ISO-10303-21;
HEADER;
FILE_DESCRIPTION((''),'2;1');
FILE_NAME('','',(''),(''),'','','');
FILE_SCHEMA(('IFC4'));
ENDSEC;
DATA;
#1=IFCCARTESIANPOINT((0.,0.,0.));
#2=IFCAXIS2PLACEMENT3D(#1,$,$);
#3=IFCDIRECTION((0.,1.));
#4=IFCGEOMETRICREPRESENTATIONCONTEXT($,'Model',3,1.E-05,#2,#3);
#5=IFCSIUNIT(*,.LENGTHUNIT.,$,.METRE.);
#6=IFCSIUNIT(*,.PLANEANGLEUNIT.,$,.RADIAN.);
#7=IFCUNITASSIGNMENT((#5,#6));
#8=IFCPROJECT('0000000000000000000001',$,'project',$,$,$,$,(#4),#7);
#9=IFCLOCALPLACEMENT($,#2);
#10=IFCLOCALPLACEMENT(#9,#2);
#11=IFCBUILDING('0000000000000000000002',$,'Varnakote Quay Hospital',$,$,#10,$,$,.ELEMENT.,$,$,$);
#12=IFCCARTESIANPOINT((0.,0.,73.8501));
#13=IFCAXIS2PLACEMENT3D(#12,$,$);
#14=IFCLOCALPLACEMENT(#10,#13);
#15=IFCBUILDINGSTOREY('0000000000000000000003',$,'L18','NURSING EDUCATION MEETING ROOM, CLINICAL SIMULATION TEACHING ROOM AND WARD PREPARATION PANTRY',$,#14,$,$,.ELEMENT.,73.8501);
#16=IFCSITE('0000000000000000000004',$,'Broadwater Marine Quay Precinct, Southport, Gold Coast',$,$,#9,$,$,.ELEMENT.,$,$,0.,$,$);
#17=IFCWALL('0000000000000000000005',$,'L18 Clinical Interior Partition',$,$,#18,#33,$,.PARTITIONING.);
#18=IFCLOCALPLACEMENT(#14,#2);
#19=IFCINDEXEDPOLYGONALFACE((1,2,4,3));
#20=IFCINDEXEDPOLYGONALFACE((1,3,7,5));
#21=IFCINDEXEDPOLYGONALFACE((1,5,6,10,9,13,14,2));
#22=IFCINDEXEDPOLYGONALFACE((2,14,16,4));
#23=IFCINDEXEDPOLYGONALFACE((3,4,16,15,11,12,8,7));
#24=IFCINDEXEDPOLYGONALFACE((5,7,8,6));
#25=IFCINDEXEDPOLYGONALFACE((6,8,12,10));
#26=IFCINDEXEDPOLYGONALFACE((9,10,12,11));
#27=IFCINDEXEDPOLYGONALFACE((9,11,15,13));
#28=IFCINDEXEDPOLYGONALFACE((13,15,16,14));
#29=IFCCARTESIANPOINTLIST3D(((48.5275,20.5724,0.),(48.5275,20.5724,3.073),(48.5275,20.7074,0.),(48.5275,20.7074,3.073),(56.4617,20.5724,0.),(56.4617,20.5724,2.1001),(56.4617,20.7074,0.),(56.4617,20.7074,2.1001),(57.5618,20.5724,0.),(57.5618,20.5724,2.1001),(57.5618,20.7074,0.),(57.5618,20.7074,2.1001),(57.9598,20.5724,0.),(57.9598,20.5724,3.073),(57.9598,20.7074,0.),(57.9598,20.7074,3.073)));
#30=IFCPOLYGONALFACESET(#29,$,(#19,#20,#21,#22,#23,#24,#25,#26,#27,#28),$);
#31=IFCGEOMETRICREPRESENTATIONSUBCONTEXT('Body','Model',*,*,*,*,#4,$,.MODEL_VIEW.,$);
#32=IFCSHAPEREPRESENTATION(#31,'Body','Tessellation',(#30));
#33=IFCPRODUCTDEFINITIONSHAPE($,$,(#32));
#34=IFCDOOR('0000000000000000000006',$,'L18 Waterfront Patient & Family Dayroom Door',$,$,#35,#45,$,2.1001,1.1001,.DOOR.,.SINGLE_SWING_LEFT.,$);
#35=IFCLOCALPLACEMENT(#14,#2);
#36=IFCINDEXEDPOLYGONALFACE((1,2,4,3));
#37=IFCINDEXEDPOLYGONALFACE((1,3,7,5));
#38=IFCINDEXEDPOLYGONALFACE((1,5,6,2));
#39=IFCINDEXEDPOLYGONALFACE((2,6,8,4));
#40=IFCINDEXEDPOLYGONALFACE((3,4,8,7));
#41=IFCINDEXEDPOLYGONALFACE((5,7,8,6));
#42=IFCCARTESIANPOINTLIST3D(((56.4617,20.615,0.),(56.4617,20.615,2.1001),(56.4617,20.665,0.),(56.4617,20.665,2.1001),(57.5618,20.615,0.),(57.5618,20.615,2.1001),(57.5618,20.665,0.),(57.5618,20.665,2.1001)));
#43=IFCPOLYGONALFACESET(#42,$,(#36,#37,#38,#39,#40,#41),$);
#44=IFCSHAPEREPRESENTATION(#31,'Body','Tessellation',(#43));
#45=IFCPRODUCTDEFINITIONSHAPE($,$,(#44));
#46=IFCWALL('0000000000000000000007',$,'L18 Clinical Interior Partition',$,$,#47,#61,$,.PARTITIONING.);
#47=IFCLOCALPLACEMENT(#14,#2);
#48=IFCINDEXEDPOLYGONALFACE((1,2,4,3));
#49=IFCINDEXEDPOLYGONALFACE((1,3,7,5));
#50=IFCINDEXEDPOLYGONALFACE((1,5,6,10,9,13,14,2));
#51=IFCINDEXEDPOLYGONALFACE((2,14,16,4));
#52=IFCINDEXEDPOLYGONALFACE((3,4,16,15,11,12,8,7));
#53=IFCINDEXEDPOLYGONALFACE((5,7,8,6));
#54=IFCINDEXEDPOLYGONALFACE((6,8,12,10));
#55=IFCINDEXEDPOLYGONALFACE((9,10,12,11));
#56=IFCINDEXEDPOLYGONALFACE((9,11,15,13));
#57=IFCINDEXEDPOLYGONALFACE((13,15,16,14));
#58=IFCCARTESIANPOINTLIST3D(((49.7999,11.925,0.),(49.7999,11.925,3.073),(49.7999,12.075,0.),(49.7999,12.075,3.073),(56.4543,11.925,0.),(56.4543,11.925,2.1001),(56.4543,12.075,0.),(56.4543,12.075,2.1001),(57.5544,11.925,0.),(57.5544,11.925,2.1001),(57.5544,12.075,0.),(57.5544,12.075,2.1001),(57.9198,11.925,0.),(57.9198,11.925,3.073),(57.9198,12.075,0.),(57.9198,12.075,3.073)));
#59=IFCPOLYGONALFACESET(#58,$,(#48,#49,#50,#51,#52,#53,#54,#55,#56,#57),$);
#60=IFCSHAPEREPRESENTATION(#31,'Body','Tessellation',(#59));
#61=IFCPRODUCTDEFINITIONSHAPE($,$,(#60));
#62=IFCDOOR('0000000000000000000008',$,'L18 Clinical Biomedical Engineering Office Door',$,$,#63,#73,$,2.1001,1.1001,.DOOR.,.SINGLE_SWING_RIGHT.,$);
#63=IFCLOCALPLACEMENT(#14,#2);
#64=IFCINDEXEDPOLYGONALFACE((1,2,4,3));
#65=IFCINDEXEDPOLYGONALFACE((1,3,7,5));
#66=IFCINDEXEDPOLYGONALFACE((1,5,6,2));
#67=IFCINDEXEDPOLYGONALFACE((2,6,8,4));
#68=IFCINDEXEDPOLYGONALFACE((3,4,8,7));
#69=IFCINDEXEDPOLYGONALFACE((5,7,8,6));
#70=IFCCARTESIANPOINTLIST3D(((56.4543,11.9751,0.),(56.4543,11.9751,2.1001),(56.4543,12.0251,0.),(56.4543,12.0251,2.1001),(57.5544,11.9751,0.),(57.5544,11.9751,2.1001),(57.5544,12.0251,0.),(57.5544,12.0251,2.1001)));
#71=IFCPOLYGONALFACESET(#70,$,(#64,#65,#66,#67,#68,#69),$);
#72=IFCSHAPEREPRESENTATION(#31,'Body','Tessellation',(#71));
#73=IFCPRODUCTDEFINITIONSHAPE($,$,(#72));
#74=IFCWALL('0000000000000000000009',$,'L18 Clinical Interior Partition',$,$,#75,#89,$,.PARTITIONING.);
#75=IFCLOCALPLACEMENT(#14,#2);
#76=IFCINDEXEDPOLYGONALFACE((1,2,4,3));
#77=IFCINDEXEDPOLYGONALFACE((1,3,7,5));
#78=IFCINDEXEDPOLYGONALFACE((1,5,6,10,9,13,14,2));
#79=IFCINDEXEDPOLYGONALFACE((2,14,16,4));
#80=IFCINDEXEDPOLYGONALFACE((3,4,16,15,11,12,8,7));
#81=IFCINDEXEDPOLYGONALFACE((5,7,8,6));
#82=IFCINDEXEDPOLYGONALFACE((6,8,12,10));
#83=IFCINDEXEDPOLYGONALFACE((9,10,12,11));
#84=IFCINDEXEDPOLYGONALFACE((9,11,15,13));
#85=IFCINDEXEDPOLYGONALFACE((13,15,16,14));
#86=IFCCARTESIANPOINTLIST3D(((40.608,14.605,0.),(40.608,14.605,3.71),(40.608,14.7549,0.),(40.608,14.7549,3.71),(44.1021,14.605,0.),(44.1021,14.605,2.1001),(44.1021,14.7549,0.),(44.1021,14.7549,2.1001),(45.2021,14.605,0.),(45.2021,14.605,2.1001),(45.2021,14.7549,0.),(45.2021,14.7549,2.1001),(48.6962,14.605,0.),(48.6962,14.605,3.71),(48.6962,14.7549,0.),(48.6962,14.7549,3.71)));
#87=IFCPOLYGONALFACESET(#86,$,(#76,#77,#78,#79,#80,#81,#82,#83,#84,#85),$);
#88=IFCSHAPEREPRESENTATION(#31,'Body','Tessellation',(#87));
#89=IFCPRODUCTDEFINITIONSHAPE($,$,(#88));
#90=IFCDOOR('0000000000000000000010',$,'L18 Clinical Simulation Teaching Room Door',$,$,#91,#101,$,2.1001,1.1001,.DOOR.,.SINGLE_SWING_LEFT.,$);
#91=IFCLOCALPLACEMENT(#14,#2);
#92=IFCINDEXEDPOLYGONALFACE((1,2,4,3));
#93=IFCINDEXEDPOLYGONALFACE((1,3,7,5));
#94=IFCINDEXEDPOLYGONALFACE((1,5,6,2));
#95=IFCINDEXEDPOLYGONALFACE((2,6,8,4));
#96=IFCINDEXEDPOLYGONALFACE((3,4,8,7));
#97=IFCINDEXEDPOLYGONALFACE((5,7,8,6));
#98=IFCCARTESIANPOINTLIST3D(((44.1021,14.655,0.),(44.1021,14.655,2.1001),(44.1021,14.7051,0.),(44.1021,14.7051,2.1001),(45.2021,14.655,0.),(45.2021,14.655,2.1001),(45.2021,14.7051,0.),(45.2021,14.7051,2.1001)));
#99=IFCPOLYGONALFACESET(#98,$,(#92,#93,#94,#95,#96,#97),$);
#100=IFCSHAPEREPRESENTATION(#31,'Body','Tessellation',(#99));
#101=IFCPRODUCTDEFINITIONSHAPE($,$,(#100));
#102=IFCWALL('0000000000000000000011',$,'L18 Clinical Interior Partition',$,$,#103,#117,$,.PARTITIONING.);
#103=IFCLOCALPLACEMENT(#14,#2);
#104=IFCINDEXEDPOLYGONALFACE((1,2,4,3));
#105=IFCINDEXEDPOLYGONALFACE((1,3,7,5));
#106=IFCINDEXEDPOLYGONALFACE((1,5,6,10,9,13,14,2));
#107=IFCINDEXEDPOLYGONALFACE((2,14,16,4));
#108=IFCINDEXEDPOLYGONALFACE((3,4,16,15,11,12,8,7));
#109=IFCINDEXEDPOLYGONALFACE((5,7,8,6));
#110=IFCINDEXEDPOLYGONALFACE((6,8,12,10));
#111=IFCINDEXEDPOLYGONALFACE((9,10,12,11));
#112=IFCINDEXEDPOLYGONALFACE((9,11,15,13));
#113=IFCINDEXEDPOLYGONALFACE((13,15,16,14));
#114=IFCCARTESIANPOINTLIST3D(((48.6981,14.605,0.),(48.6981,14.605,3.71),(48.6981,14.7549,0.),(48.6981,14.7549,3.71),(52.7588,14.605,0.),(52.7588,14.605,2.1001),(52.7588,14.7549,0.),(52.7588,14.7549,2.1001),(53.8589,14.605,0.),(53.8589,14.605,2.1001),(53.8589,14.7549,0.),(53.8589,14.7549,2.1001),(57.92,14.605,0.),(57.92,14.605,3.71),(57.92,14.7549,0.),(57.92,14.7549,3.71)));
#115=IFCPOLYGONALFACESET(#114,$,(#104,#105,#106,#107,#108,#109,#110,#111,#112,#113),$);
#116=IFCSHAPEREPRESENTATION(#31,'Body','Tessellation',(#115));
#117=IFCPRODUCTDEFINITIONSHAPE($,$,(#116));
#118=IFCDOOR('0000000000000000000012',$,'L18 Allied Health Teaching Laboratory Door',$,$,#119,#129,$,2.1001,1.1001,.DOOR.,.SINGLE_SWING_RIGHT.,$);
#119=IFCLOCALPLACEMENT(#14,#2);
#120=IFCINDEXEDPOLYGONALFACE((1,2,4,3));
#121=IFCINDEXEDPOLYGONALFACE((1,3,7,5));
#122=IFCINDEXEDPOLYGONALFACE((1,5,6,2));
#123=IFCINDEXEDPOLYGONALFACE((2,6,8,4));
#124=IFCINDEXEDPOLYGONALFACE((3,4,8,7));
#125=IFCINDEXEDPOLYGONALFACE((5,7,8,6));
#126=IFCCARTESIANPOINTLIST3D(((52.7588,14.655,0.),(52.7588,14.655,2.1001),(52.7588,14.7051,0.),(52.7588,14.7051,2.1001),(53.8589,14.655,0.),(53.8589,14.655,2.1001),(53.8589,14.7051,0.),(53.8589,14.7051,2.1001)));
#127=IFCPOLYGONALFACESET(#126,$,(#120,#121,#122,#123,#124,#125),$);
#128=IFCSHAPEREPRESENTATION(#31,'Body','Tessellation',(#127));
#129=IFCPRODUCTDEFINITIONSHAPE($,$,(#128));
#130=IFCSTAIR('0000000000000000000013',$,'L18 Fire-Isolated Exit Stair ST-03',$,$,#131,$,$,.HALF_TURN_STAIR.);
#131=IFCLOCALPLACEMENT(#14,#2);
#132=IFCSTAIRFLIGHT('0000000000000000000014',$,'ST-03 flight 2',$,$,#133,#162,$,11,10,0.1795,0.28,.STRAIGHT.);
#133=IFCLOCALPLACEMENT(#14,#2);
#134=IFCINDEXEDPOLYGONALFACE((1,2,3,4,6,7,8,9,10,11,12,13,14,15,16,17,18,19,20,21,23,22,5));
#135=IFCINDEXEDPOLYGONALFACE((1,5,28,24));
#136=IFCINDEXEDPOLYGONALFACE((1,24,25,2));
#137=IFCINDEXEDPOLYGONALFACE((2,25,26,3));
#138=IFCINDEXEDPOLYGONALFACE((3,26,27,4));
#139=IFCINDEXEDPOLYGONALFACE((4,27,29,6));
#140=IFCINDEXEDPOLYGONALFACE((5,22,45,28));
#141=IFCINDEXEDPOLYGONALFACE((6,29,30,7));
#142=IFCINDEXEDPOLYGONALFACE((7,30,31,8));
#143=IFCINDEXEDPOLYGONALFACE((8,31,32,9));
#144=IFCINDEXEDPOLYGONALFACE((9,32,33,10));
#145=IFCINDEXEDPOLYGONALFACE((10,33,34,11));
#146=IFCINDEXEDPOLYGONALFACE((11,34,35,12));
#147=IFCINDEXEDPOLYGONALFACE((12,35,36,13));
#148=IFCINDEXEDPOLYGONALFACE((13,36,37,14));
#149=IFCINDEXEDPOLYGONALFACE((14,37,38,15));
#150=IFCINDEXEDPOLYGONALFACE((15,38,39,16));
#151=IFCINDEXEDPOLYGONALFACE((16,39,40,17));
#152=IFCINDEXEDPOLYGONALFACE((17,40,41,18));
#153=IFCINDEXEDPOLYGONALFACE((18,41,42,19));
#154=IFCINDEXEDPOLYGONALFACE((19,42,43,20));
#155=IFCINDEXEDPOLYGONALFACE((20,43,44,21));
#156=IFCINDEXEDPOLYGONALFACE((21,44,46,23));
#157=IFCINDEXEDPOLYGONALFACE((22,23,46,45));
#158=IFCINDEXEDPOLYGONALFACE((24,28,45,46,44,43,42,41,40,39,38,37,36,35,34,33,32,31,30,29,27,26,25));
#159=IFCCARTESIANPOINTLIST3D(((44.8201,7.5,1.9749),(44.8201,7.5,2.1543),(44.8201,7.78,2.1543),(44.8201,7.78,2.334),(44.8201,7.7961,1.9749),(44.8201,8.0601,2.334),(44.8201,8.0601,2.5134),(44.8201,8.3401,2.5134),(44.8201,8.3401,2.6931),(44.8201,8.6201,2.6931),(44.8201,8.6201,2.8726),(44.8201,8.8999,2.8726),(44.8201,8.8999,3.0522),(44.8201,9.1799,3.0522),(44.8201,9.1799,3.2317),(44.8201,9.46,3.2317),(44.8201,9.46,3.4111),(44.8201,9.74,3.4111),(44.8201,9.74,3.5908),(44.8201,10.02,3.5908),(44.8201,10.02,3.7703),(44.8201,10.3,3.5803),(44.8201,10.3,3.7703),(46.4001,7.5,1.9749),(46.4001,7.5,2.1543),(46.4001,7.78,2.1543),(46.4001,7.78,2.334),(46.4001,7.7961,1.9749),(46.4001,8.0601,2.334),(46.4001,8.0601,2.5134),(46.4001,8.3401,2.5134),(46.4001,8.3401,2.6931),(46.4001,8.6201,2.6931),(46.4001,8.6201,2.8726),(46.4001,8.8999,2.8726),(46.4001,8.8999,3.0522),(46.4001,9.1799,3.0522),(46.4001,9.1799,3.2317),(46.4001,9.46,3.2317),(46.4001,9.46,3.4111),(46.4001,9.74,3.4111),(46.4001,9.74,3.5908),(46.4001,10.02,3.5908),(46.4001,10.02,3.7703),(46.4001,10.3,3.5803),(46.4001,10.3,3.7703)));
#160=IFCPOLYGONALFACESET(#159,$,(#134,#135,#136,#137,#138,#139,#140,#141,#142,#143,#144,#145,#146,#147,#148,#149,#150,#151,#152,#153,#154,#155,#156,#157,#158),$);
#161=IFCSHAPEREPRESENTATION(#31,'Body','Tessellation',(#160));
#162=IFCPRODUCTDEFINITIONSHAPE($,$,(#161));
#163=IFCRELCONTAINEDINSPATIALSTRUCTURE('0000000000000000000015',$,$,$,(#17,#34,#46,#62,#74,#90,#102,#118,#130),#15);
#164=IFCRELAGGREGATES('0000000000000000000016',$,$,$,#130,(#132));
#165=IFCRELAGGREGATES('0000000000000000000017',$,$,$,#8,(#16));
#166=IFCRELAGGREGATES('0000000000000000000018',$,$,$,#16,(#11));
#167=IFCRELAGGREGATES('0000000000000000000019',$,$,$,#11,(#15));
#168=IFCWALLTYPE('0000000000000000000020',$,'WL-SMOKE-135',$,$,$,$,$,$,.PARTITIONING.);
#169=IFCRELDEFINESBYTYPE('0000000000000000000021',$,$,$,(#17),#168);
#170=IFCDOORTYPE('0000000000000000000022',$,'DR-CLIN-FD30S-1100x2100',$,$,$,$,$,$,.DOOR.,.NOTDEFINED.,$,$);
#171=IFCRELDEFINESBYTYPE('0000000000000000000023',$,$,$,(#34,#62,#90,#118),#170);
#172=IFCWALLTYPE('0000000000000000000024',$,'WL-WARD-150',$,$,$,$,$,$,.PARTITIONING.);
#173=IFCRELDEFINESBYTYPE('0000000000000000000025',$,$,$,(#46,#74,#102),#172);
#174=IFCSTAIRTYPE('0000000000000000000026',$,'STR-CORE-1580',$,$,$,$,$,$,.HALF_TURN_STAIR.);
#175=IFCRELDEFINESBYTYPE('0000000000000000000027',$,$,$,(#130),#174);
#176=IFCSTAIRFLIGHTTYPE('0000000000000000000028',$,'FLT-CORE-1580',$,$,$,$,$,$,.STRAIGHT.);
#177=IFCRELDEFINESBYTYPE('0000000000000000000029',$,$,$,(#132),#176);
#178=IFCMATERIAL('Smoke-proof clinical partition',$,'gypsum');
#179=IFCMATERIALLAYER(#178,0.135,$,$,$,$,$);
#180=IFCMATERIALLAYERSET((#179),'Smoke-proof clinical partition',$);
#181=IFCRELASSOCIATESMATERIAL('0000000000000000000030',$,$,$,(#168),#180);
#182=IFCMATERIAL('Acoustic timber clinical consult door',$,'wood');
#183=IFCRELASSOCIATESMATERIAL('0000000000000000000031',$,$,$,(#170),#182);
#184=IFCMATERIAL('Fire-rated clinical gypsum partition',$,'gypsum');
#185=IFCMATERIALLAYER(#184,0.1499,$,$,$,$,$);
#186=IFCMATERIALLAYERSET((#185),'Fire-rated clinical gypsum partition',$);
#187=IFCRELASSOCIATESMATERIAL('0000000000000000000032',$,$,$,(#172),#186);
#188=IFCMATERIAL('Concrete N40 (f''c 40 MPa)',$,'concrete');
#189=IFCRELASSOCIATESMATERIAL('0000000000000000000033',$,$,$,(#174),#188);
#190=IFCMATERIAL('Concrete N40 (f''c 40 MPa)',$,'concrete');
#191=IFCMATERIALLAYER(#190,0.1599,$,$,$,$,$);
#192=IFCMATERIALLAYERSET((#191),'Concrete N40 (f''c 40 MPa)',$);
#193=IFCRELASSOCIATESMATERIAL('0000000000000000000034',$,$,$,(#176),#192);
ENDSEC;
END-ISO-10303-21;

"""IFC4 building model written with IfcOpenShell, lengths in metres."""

from ifc_helpers import new_model, si_unit, direction, frame, frame_2d, origin, place, context, subcontext, project, spatial, polyline, rectangle, outline, extrude, material, layer, layer_set, type_object, element, fill, aggregate, save


model = new_model("IFC4")

# Units and contexts
model_context = context("Model", 3, precision=1e-05, world=origin(), true_north=direction((0.0, 1.0)))
body_context = subcontext(model_context, "Body", "Model", "MODEL_VIEW")
ifc_project = project(units=[si_unit("LENGTHUNIT", "METRE"), si_unit("PLANEANGLEUNIT", "RADIAN")], contexts=[model_context])

# Site, building, storey
site_placement = place(None, origin())
site = spatial("IfcSite", under=ifc_project, at=site_placement, Name="Broadwater Marine Quay Precinct, Southport, Gold Coast", CompositionType="ELEMENT", RefElevation=0.0)
building_placement = place(site_placement, origin())
building = spatial("IfcBuilding", under=site, at=building_placement, Name="Varnakote Quay Hospital", CompositionType="ELEMENT")
storey_placement = place(building_placement, frame((0.0, 0.0, 73.8501)))
storey = spatial("IfcBuildingStorey", under=building, at=storey_placement, Name="L18", Description="NURSING EDUCATION MEETING ROOM, CLINICAL SIMULATION TEACHING ROOM AND WARD PREPARATION PANTRY", CompositionType="ELEMENT", Elevation=73.8501)

# Shared definitions
ifc_material_1 = material(Name="Smoke-proof clinical partition", Category="gypsum")
ifc_layer_1 = layer(ifc_material_1, 0.135)
ifc_layer_set_1 = layer_set([ifc_layer_1], Name="Smoke-proof clinical partition")
wall_type_1 = type_object("IfcWallType", Name="WL-SMOKE-135", PredefinedType="PARTITIONING", material=ifc_layer_set_1)

# Walls, openings, doors
ifc_material_2 = material(Name="Acoustic timber clinical consult door", Category="wood")
door_type_1 = type_object("IfcDoorType", Name="DR-CLIN-FD30S-1100x2100", OperationType="NOTDEFINED", PredefinedType="DOOR", material=ifc_material_2)
wall_1_placement = place(storey_placement, frame((57.96, 20.6399, 0.0), z_axis=(0.0, 0.0, 1.0), x_axis=(-1.0, 0.0, 0.0)))
wall_1 = element("IfcWall", 1, at=wall_1_placement, inside=storey, type_object=wall_type_1, Name="L18 Clinical Interior Partition", PredefinedType="PARTITIONING", context=body_context, shape_type="SweptSolid", body=[
    extrude(rectangle(XDim=9.4324, YDim=0.135, at=frame_2d((4.7163, 0.0))), origin(), (0.0, 0.0, 1.0), 3.073),
])
opening_1_placement = place(wall_1_placement, frame((0.3982, 0.0, 0.0)))
opening_1 = element("IfcOpeningElement", 2, at=opening_1_placement, cuts=wall_1, PredefinedType="OPENING", context=body_context, shape_type="SweptSolid", body=[
    extrude(rectangle(XDim=1.1001, YDim=2.1001, at=frame_2d((0.55, 1.05))), frame((0.0, 0.0774, 0.0), z_axis=(0.0, -1.0, 0.0), x_axis=(1.0, 0.0, 0.0)), (0.0, 0.0, 1.0), 0.155),
])
door_1_placement = place(opening_1_placement, origin())
door_1 = element("IfcDoor", 3, at=door_1_placement, inside=storey, type_object=door_type_1, Name="L18 Waterfront Patient & Family Dayroom Door", OperationType="SINGLE_SWING_LEFT", OverallHeight=2.1001, OverallWidth=1.1001, PredefinedType="DOOR", context=body_context, shape_type="SweptSolid", body=[
    extrude(rectangle(XDim=1.1001, YDim=2.1001, at=frame_2d((0.55, 1.05))), frame((0.0, 0.0249, 0.0), z_axis=(0.0, -1.0, 0.0), x_axis=(1.0, 0.0, 0.0)), (0.0, 0.0, 1.0), 0.05),
])
fill(opening_1, door_1)
ifc_material_3 = material(Name="Fire-rated clinical gypsum partition", Category="gypsum")
ifc_layer_2 = layer(ifc_material_3, 0.1499)
ifc_layer_set_2 = layer_set([ifc_layer_2], Name="Fire-rated clinical gypsum partition")
wall_type_2 = type_object("IfcWallType", Name="WL-WARD-150", PredefinedType="PARTITIONING", material=ifc_layer_set_2)
wall_2_placement = place(storey_placement, frame((57.9199, 12.0, 0.0), z_axis=(0.0, 0.0, 1.0), x_axis=(-1.0, 0.0, 0.0)))
wall_2 = element("IfcWall", 4, at=wall_2_placement, inside=storey, type_object=wall_type_2, Name="L18 Clinical Interior Partition", PredefinedType="PARTITIONING", context=body_context, shape_type="SweptSolid", body=[
    extrude(rectangle(XDim=8.1199, YDim=0.1499, at=frame_2d((4.0601, 0.0))), origin(), (0.0, 0.0, 1.0), 3.073),
])
opening_2_placement = place(wall_2_placement, frame((0.3655, 0.0, 0.0)))
opening_2 = element("IfcOpeningElement", 5, at=opening_2_placement, cuts=wall_2, PredefinedType="OPENING", context=body_context, shape_type="SweptSolid", body=[
    extrude(rectangle(XDim=1.1001, YDim=2.1001, at=frame_2d((0.55, 1.05))), frame((0.0, 0.085, 0.0), z_axis=(0.0, -1.0, 0.0), x_axis=(1.0, 0.0, 0.0)), (0.0, 0.0, 1.0), 0.1699),
])
door_2_placement = place(opening_2_placement, origin())
door_2 = element("IfcDoor", 6, at=door_2_placement, inside=storey, type_object=door_type_1, Name="L18 Clinical Biomedical Engineering Office Door", OperationType="SINGLE_SWING_RIGHT", OverallHeight=2.1001, OverallWidth=1.1001, PredefinedType="DOOR", context=body_context, shape_type="SweptSolid", body=[
    extrude(rectangle(XDim=1.1001, YDim=2.1001, at=frame_2d((0.55, 1.05))), frame((0.0, 0.0249, 0.0), z_axis=(0.0, -1.0, 0.0), x_axis=(1.0, 0.0, 0.0)), (0.0, 0.0, 1.0), 0.05),
])
fill(opening_2, door_2)
wall_3_placement = place(storey_placement, frame((48.696, 14.6799, 0.0), z_axis=(0.0, 0.0, 1.0), x_axis=(-1.0, 0.0, 0.0)))
wall_3 = element("IfcWall", 7, at=wall_3_placement, inside=storey, type_object=wall_type_2, Name="L18 Clinical Interior Partition", PredefinedType="PARTITIONING", context=body_context, shape_type="SweptSolid", body=[
    extrude(rectangle(XDim=8.0881, YDim=0.1499, at=frame_2d((4.0439, 0.0))), origin(), (0.0, 0.0, 1.0), 3.71),
])
opening_3_placement = place(wall_3_placement, frame((3.4939, 0.0, 0.0)))
opening_3 = element("IfcOpeningElement", 8, at=opening_3_placement, cuts=wall_3, PredefinedType="OPENING", context=body_context, shape_type="SweptSolid", body=[
    extrude(rectangle(XDim=1.1001, YDim=2.1001, at=frame_2d((0.55, 1.05))), frame((0.0, 0.085, 0.0), z_axis=(0.0, -1.0, 0.0), x_axis=(1.0, 0.0, 0.0)), (0.0, 0.0, 1.0), 0.1699),
])
door_3_placement = place(opening_3_placement, origin())
door_3 = element("IfcDoor", 9, at=door_3_placement, inside=storey, type_object=door_type_1, Name="L18 Clinical Simulation Teaching Room Door", OperationType="SINGLE_SWING_LEFT", OverallHeight=2.1001, OverallWidth=1.1001, PredefinedType="DOOR", context=body_context, shape_type="SweptSolid", body=[
    extrude(rectangle(XDim=1.1001, YDim=2.1001, at=frame_2d((0.55, 1.05))), frame((0.0, 0.0249, 0.0), z_axis=(0.0, -1.0, 0.0), x_axis=(1.0, 0.0, 0.0)), (0.0, 0.0, 1.0), 0.05),
])
fill(opening_3, door_3)
wall_4_placement = place(storey_placement, frame((57.9199, 14.6799, 0.0), z_axis=(0.0, 0.0, 1.0), x_axis=(-1.0, 0.0, 0.0)))
wall_4 = element("IfcWall", 10, at=wall_4_placement, inside=storey, type_object=wall_type_2, Name="L18 Clinical Interior Partition", PredefinedType="PARTITIONING", context=body_context, shape_type="SweptSolid", body=[
    extrude(rectangle(XDim=9.2219, YDim=0.1499, at=frame_2d((4.6108, 0.0))), origin(), (0.0, 0.0, 1.0), 3.71),
])
opening_4_placement = place(wall_4_placement, frame((4.061, 0.0, 0.0)))
opening_4 = element("IfcOpeningElement", 11, at=opening_4_placement, cuts=wall_4, PredefinedType="OPENING", context=body_context, shape_type="SweptSolid", body=[
    extrude(rectangle(XDim=1.1001, YDim=2.1001, at=frame_2d((0.55, 1.05))), frame((0.0, 0.085, 0.0), z_axis=(0.0, -1.0, 0.0), x_axis=(1.0, 0.0, 0.0)), (0.0, 0.0, 1.0), 0.1699),
])
door_4_placement = place(opening_4_placement, origin())
door_4 = element("IfcDoor", 12, at=door_4_placement, inside=storey, type_object=door_type_1, Name="L18 Allied Health Teaching Laboratory Door", OperationType="SINGLE_SWING_RIGHT", OverallHeight=2.1001, OverallWidth=1.1001, PredefinedType="DOOR", context=body_context, shape_type="SweptSolid", body=[
    extrude(rectangle(XDim=1.1001, YDim=2.1001, at=frame_2d((0.55, 1.05))), frame((0.0, 0.0249, 0.0), z_axis=(0.0, -1.0, 0.0), x_axis=(1.0, 0.0, 0.0)), (0.0, 0.0, 1.0), 0.05),
])
fill(opening_4, door_4)

# Stair, stair flight
ifc_material_4 = material(Name="Concrete N40 (f'c 40 MPa)", Category="concrete")
stair_type = type_object("IfcStairType", Name="STR-CORE-1580", PredefinedType="HALF_TURN_STAIR", material=ifc_material_4)
stair_placement = place(storey_placement, origin())
stair = element("IfcStair", 13, at=stair_placement, inside=storey, type_object=stair_type, Name="L18 Fire-Isolated Exit Stair ST-03", PredefinedType="HALF_TURN_STAIR")
ifc_material_5 = material(Name="Concrete N40 (f'c 40 MPa)", Category="concrete")
ifc_layer_3 = layer(ifc_material_5, 0.1599)
ifc_layer_set_3 = layer_set([ifc_layer_3], Name="Concrete N40 (f'c 40 MPa)")
stair_flight_type = type_object("IfcStairFlightType", Name="FLT-CORE-1580", PredefinedType="STRAIGHT", material=ifc_layer_set_3)
stair_flight_placement = place(storey_placement, frame((45.6101, 7.5, 1.9749), z_axis=(0.0, 0.0, 1.0), x_axis=(0.0, 1.0, 0.0)))
stair_flight = element("IfcStairFlight", 14, at=stair_flight_placement, type_object=stair_flight_type, Name="ST-03 flight 2", NumberOfRisers=11, NumberOfTreads=10, PredefinedType="STRAIGHT", RiserHeight=0.1795, TreadLength=0.28, context=body_context, shape_type="SweptSolid", body=[
    extrude(outline(polyline([(0.0, 0.0), (0.0, 0.1794), (0.28, 0.1794), (0.28, 0.3591), (0.5601, 0.3591), (0.5601, 0.5386), (0.8401, 0.5386), (0.8401, 0.7183), (1.1201, 0.7183), (1.1201, 0.8977), (1.3999, 0.8977), (1.3999, 1.0774), (1.6799, 1.0774), (1.6799, 1.2568), (1.96, 1.2568), (1.96, 1.4363), (2.24, 1.4363), (2.24, 1.616), (2.52, 1.616), (2.52, 1.7954), (2.8, 1.7954), (2.8, 1.9751), (2.8, 1.6055), (0.2961, 0.0), (0.0, 0.0)])), frame((0.0, 0.79, 0.0), z_axis=(0.0, -1.0, 0.0), x_axis=(1.0, 0.0, 0.0)), (0.0, 0.0, 1.0), 1.5801),
])
aggregate(stair, [stair_flight])

save(model, "model.ifc")
